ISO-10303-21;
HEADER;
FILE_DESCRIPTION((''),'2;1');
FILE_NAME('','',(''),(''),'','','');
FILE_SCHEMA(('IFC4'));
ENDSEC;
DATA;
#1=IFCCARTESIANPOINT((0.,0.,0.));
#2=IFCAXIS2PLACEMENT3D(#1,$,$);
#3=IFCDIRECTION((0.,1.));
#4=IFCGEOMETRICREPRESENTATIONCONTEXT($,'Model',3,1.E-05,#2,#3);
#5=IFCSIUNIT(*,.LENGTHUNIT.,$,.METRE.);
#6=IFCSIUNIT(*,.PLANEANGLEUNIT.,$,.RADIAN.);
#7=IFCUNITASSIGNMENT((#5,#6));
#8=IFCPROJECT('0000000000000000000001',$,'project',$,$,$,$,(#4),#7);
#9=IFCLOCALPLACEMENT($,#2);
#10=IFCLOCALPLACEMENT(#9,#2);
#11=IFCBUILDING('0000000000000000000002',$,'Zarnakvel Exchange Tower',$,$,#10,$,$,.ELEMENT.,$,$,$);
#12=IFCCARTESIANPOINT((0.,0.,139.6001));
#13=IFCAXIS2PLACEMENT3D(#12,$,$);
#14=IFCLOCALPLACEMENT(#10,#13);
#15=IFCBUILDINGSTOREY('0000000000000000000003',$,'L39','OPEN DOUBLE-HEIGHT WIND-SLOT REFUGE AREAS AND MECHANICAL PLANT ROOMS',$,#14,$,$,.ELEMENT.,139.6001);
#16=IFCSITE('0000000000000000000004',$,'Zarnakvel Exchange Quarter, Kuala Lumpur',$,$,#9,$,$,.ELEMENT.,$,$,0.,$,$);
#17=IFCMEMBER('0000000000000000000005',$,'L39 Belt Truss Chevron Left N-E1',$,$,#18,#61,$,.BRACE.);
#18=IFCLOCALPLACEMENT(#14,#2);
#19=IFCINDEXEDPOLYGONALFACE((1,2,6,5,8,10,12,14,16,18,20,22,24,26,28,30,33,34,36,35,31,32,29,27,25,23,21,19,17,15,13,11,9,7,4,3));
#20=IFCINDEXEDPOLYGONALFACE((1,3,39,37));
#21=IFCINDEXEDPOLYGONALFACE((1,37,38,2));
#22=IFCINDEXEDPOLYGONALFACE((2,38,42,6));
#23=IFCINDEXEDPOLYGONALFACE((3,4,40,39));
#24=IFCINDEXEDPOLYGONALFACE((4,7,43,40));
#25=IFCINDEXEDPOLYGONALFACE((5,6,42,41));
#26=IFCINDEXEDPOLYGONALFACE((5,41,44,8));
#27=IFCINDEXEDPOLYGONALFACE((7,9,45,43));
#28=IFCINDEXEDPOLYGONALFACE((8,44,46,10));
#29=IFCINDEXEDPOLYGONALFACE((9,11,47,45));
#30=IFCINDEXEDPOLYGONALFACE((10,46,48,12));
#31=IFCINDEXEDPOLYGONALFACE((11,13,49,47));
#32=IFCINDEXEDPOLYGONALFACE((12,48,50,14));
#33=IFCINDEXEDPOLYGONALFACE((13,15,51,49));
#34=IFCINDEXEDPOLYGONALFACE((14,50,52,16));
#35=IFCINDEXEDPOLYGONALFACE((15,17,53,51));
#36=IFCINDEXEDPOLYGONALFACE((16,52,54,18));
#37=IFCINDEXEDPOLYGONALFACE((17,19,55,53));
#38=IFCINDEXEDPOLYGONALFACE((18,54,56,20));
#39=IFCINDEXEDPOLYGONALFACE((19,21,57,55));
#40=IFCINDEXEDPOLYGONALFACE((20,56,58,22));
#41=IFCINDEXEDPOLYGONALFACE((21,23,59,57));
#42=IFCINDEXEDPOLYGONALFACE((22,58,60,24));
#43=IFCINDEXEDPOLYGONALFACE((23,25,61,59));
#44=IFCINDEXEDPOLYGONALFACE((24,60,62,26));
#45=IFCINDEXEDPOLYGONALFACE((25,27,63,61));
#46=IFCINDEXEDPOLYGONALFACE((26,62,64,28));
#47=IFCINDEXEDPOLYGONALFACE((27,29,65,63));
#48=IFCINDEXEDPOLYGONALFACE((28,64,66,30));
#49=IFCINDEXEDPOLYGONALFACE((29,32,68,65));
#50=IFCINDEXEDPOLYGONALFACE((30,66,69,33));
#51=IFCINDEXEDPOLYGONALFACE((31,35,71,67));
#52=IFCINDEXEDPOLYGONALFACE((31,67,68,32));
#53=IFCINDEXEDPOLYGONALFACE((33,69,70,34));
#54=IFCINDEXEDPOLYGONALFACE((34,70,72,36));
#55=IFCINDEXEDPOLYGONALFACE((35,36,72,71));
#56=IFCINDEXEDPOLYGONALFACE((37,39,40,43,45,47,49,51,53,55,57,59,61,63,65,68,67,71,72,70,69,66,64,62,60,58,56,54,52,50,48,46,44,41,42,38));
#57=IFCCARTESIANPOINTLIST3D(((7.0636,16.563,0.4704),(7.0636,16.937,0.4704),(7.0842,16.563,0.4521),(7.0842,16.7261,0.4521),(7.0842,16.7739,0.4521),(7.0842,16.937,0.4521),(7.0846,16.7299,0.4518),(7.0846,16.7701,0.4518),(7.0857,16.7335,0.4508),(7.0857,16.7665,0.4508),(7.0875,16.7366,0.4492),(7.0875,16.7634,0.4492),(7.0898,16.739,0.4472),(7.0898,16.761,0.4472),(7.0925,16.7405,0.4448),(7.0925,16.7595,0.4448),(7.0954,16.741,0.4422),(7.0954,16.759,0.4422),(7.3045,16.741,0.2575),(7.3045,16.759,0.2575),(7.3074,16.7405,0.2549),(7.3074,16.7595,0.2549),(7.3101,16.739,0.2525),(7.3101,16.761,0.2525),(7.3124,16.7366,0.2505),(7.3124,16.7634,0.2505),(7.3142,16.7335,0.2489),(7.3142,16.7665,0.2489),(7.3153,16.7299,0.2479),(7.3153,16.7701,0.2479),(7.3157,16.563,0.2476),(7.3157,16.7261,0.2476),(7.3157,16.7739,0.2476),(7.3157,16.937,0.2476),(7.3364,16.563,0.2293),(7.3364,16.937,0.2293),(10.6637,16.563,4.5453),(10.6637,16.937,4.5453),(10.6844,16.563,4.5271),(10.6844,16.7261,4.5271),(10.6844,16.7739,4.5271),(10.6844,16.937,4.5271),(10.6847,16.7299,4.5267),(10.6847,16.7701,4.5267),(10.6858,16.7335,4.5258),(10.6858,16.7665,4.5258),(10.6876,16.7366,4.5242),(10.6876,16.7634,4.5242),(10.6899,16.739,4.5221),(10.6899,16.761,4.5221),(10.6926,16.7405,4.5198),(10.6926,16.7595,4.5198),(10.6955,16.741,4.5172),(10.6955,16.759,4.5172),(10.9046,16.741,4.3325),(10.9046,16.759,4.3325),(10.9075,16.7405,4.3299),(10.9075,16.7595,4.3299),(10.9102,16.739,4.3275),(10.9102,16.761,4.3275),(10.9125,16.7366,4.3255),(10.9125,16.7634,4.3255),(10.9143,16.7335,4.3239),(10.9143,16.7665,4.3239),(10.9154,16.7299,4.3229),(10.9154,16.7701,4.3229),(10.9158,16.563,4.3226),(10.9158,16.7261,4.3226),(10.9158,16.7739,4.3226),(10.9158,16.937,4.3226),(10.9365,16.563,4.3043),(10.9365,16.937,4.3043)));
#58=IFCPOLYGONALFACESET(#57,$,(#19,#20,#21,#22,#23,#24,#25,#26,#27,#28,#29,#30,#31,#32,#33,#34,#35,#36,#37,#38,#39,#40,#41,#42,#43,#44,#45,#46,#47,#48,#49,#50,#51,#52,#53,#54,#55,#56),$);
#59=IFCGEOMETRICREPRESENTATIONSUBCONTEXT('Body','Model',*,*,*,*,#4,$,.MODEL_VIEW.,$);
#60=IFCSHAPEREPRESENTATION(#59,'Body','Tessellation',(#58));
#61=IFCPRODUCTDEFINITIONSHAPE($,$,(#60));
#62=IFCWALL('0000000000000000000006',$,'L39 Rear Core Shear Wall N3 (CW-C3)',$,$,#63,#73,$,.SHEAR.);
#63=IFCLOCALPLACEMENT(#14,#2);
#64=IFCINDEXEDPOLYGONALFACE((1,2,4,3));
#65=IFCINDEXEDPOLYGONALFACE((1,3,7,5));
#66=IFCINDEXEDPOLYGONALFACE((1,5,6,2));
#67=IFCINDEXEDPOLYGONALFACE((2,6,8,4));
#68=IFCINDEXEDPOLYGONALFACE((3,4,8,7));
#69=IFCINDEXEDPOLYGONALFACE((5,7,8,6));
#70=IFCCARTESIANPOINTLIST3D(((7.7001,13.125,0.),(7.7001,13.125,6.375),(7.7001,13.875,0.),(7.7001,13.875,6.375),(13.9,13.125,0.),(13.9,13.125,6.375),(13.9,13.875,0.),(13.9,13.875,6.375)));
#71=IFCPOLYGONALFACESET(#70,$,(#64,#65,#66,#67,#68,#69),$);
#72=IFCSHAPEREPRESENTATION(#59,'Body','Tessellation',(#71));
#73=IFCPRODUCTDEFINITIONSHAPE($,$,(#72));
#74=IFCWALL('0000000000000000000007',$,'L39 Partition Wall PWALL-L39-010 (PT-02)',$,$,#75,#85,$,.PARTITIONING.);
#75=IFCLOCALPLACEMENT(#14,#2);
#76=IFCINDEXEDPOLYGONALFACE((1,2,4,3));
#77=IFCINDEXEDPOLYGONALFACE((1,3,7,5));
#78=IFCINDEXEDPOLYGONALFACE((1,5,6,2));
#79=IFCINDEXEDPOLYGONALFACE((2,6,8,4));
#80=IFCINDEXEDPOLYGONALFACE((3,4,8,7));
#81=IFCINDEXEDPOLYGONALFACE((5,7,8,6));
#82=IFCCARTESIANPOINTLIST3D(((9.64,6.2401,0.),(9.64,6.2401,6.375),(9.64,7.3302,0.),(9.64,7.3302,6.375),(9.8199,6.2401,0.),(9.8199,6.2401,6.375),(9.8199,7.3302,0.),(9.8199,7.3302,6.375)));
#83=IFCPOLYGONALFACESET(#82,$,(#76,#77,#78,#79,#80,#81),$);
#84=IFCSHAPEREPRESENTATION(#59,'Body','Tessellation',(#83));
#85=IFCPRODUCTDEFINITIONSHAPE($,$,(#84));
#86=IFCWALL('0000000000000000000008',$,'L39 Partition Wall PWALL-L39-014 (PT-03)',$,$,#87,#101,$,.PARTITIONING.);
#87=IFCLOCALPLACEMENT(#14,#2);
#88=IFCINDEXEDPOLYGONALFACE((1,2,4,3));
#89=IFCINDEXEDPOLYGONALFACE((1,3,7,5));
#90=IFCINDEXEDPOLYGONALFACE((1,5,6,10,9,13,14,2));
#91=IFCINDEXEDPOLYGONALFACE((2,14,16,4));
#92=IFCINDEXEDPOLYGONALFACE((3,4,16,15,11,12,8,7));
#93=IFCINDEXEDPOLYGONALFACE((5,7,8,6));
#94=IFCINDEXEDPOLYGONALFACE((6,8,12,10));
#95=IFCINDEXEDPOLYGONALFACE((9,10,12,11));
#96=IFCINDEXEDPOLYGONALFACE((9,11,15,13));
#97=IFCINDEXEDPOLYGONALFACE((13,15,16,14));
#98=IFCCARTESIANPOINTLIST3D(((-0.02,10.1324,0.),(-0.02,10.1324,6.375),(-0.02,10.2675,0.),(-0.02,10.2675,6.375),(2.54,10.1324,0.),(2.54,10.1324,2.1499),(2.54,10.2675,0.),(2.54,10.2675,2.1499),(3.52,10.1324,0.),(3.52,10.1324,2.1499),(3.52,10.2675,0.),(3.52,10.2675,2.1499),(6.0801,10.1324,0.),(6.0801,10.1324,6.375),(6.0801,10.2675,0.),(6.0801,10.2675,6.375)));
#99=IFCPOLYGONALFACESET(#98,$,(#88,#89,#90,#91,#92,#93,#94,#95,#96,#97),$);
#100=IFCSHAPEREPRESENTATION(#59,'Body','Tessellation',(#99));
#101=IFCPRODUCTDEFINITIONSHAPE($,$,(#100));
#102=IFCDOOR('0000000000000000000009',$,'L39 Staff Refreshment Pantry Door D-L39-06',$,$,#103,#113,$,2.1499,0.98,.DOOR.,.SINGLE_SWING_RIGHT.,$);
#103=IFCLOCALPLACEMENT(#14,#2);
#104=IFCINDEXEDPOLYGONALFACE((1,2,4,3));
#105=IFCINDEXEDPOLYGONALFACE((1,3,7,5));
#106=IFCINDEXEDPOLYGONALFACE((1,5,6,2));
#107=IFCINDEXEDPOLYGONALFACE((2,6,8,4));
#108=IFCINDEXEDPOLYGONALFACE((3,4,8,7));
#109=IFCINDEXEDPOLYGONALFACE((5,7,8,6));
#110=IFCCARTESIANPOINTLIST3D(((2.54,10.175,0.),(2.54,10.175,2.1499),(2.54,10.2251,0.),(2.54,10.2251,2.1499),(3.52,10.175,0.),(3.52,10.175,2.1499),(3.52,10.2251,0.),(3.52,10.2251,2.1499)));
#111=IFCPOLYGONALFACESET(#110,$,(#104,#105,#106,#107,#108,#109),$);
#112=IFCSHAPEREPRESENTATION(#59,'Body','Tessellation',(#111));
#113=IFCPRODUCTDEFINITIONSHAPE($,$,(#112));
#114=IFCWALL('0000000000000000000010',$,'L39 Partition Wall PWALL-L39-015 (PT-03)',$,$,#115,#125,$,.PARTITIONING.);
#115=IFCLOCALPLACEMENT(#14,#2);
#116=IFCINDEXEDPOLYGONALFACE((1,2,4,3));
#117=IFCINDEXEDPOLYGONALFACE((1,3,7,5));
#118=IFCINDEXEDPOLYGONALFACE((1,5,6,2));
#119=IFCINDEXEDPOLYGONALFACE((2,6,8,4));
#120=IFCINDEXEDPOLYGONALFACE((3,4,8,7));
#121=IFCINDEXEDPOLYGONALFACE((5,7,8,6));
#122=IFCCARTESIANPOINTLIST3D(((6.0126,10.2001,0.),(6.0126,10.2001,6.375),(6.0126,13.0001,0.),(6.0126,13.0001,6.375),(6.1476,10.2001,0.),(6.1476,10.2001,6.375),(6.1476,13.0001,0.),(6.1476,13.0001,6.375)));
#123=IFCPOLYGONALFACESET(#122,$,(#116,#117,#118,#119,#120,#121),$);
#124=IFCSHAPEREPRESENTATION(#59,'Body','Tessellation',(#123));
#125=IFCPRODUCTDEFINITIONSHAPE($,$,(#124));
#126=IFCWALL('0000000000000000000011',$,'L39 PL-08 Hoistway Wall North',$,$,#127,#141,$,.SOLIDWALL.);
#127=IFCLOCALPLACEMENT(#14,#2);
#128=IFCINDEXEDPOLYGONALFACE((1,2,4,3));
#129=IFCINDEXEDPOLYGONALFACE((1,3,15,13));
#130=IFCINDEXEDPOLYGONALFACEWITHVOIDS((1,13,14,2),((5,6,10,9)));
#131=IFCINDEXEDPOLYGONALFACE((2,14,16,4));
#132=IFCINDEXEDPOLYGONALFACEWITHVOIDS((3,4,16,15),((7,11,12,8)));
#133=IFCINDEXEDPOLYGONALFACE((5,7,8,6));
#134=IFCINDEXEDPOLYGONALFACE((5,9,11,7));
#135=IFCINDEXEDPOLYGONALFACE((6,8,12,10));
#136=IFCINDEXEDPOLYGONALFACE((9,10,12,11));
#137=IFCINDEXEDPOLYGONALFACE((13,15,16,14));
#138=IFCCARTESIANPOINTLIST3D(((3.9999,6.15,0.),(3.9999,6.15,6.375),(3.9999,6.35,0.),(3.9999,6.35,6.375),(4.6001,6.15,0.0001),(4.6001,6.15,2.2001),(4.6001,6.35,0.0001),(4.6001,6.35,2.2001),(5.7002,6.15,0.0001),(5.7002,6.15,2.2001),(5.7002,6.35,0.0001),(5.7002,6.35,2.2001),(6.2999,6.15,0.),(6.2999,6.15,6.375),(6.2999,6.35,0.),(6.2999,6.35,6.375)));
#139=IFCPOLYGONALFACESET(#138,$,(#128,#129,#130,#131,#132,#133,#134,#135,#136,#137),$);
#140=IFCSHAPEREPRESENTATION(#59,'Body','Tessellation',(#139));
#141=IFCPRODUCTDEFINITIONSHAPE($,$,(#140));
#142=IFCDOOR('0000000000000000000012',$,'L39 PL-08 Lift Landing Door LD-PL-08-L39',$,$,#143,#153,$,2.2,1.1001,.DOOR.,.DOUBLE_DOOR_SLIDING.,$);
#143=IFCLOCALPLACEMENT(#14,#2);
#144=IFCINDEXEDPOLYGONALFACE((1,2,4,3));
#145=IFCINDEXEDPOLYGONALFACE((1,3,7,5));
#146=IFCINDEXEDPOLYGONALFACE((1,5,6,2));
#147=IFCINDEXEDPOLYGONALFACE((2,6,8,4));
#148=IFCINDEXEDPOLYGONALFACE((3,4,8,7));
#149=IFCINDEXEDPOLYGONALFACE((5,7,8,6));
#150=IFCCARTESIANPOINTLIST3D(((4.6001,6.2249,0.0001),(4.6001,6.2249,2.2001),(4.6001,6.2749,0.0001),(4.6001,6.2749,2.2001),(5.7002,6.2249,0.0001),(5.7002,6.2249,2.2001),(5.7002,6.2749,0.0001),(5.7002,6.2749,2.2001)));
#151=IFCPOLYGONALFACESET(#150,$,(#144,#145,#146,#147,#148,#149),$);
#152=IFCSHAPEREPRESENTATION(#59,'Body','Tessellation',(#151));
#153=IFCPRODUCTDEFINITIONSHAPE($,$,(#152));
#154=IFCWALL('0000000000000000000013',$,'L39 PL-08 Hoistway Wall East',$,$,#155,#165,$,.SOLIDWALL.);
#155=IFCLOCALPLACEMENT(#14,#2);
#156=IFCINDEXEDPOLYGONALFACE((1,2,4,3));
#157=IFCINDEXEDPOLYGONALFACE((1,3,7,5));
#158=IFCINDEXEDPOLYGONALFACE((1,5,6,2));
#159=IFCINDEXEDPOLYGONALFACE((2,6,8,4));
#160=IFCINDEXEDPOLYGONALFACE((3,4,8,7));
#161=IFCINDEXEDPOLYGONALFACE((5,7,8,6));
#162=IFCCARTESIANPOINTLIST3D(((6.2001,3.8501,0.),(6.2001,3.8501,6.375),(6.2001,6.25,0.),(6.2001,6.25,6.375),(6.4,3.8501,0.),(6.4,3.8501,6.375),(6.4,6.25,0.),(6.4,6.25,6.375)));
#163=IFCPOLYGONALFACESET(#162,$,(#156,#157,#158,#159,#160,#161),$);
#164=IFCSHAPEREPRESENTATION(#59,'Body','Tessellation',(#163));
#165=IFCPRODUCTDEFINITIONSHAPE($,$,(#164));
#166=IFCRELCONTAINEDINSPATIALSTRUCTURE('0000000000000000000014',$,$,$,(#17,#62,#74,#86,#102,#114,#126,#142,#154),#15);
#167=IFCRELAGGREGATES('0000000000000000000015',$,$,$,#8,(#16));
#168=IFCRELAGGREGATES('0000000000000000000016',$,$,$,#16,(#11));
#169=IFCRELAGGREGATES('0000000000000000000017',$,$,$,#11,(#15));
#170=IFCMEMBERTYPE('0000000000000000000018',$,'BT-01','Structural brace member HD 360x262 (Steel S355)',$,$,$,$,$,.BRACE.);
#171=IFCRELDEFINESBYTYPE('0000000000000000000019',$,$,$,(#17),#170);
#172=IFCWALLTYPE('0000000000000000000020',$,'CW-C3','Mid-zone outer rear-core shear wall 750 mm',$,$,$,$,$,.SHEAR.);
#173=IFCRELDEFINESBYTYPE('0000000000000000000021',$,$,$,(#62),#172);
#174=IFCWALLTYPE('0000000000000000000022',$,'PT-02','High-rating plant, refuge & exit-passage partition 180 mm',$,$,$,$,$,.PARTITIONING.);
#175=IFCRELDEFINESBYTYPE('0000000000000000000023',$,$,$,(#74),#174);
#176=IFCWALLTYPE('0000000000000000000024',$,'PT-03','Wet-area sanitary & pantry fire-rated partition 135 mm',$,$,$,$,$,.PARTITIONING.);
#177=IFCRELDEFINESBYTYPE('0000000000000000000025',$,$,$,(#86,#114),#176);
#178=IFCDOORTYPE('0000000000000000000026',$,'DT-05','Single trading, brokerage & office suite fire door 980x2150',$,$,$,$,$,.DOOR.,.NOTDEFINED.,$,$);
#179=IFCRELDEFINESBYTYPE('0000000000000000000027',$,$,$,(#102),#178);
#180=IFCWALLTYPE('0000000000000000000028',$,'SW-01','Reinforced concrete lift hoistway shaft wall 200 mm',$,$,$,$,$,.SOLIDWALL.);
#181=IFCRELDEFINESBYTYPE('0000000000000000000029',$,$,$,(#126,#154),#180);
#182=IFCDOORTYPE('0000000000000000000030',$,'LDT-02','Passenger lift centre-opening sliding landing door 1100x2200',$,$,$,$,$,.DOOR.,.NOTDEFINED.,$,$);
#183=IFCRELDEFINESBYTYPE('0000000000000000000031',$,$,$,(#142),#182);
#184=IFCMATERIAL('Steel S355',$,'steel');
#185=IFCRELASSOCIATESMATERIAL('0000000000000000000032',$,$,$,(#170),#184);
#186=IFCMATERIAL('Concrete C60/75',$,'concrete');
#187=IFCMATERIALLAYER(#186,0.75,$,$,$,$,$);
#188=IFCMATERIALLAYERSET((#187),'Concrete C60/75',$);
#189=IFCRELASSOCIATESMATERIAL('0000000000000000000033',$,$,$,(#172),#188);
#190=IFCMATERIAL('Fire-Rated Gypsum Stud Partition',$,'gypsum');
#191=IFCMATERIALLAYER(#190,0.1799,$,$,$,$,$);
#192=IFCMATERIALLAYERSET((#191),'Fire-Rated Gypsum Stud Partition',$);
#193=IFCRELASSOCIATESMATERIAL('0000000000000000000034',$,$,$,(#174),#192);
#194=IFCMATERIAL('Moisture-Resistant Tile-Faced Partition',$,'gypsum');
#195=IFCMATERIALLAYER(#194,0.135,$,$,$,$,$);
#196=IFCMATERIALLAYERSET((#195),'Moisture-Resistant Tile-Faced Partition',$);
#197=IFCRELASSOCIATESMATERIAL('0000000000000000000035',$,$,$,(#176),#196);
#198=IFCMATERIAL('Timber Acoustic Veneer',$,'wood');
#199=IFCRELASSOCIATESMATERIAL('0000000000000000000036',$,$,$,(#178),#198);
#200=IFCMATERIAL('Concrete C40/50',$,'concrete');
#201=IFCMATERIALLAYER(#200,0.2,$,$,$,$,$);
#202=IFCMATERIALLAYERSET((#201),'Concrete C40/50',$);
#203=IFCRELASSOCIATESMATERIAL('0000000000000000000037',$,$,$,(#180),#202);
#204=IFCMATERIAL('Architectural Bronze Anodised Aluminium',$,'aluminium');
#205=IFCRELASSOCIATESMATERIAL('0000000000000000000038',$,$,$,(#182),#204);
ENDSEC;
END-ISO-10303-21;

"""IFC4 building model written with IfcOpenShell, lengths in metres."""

from ifc_helpers import new_model, si_unit, direction, frame, frame_2d, origin, origin_2d, place, context, subcontext, project, spatial, rectangle, i_section, extrude, source, transform, mapped, material, layer, layer_set, material_profile, profile_set, type_object, element, fill, save


model = new_model("IFC4")

# Units and contexts
model_context = context("Model", 3, precision=1e-05, world=origin(), true_north=direction((0.0, 1.0)))
body_context = subcontext(model_context, "Body", "Model", "MODEL_VIEW")
ifc_project = project(units=[si_unit("LENGTHUNIT", "METRE"), si_unit("PLANEANGLEUNIT", "RADIAN")], contexts=[model_context])

# Site, building, storey
site_placement = place(None, origin())
site = spatial("IfcSite", under=ifc_project, at=site_placement, Name="Zarnakvel Exchange Quarter, Kuala Lumpur", CompositionType="ELEMENT", RefElevation=0.0)
building_placement = place(site_placement, origin())
building = spatial("IfcBuilding", under=site, at=building_placement, Name="Zarnakvel Exchange Tower", CompositionType="ELEMENT")
storey_placement = place(building_placement, frame((0.0, 0.0, 139.6001)))
storey = spatial("IfcBuildingStorey", under=building, at=storey_placement, Name="L39", Description="OPEN DOUBLE-HEIGHT WIND-SLOT REFUGE AREAS AND MECHANICAL PLANT ROOMS", CompositionType="ELEMENT", Elevation=139.6001)

# Shared definitions
ifc_material_1 = material(Name="Concrete C60/75", Category="concrete")

# Shared definitions
ifc_material_2 = material(Name="Steel S355", Category="steel")

# Member
ifc_material_profile_1 = material_profile(ifc_material_2, i_section(OverallWidth=0.374, OverallDepth=0.364, WebThickness=0.0181, FlangeThickness=0.0276, FilletRadius=0.0149, at=origin_2d()))
ifc_profile_set_1 = profile_set([ifc_material_profile_1], Name="Steel S355")
member_type_1 = type_object("IfcMemberType", Name="BT-01", Description="Structural brace member HD 360x262 (Steel S355)", PredefinedType="BRACE", material=ifc_profile_set_1)
shared_shape_1 = source(origin(), body_context, "Body", "SweptSolid", [
    extrude(i_section(OverallWidth=0.374, OverallDepth=0.364, WebThickness=0.0181, FlangeThickness=0.0276, FilletRadius=0.0149, at=origin_2d()), origin(), (0.0, 0.0, 1.0), 5.4375),
])
member_1_placement = place(storey_placement, frame((7.2, 16.75, 0.3499), z_axis=(0.662092, 0.0, 0.749422), x_axis=(0.0, 1.0, 0.0)))
element("IfcMember", 1, at=member_1_placement, inside=storey, type_object=member_type_1, Name="L39 Belt Truss Chevron Left N-E1", PredefinedType="BRACE", context=body_context, shape_type="MappedRepresentation", body=[
    mapped(shared_shape_1, transform((0.0, 0.0, 0.0), x_axis=(1.0, 0.0, 0.0), y_axis=(0.0, 1.0, 0.0), z_axis=(0.0, 0.0, 1.0), scale=1.0)),
])

# Walls
ifc_layer_1 = layer(ifc_material_1, 0.75)
ifc_layer_set_1 = layer_set([ifc_layer_1], Name="Concrete C60/75")
wall_type_1 = type_object("IfcWallType", Name="CW-C3", Description="Mid-zone outer rear-core shear wall 750 mm", PredefinedType="SHEAR", material=ifc_layer_set_1)
wall_1_placement = place(storey_placement, frame((7.7, 13.5, 0.0), z_axis=(0.0, 0.0, 1.0), x_axis=(1.0, 0.0, 0.0)))
element("IfcWall", 2, at=wall_1_placement, inside=storey, type_object=wall_type_1, Name="L39 Rear Core Shear Wall N3 (CW-C3)", PredefinedType="SHEAR", context=body_context, shape_type="SweptSolid", body=[
    extrude(rectangle(XDim=6.2, YDim=0.75, at=frame_2d((3.1001, 0.0))), origin(), (0.0, 0.0, 1.0), 6.375),
])
ifc_material_3 = material(Name="Fire-Rated Gypsum Stud Partition", Category="gypsum")
ifc_layer_2 = layer(ifc_material_3, 0.1799)
ifc_layer_set_2 = layer_set([ifc_layer_2], Name="Fire-Rated Gypsum Stud Partition")
wall_type_2 = type_object("IfcWallType", Name="PT-02", Description="High-rating plant, refuge & exit-passage partition 180 mm", PredefinedType="PARTITIONING", material=ifc_layer_set_2)
wall_2_placement = place(storey_placement, frame((9.73, 7.3301, 0.0), z_axis=(0.0, 0.0, 1.0), x_axis=(0.0, -1.0, 0.0)))
element("IfcWall", 3, at=wall_2_placement, inside=storey, type_object=wall_type_2, Name="L39 Partition Wall PWALL-L39-010 (PT-02)", PredefinedType="PARTITIONING", context=body_context, shape_type="SweptSolid", body=[
    extrude(rectangle(XDim=1.0901, YDim=0.1799, at=frame_2d((0.5449, 0.0))), origin(), (0.0, 0.0, 1.0), 6.375),
])

# Wall, opening, door
ifc_material_4 = material(Name="Moisture-Resistant Tile-Faced Partition", Category="gypsum")
ifc_layer_3 = layer(ifc_material_4, 0.135)
ifc_layer_set_3 = layer_set([ifc_layer_3], Name="Moisture-Resistant Tile-Faced Partition")
wall_type_3 = type_object("IfcWallType", Name="PT-03", Description="Wet-area sanitary & pantry fire-rated partition 135 mm", PredefinedType="PARTITIONING", material=ifc_layer_set_3)
wall_3_placement = place(storey_placement, frame((6.0801, 10.2, 0.0), z_axis=(0.0, 0.0, 1.0), x_axis=(-1.0, 0.0, 0.0)))
wall_3 = element("IfcWall", 4, at=wall_3_placement, inside=storey, type_object=wall_type_3, Name="L39 Partition Wall PWALL-L39-014 (PT-03)", PredefinedType="PARTITIONING", context=body_context, shape_type="SweptSolid", body=[
    extrude(rectangle(XDim=6.1001, YDim=0.135, at=frame_2d((3.05, 0.0))), origin(), (0.0, 0.0, 1.0), 6.375),
])
opening_1_placement = place(wall_3_placement, frame((2.5601, 0.0, 0.0)))
opening_1 = element("IfcOpeningElement", 5, at=opening_1_placement, cuts=wall_3, PredefinedType="OPENING", context=body_context, shape_type="SweptSolid", body=[
    extrude(rectangle(XDim=0.98, YDim=2.1499, at=frame_2d((0.49, 1.075))), frame((0.0, 0.0774, 0.0), z_axis=(0.0, -1.0, 0.0), x_axis=(1.0, 0.0, 0.0)), (0.0, 0.0, 1.0), 0.155),
])
ifc_material_5 = material(Name="Timber Acoustic Veneer", Category="wood")
door_type_1 = type_object("IfcDoorType", Name="DT-05", Description="Single trading, brokerage & office suite fire door 980x2150", OperationType="NOTDEFINED", PredefinedType="DOOR", material=ifc_material_5)
shared_shape_2 = source(origin(), body_context, "Body", "SweptSolid", [
    extrude(rectangle(XDim=0.98, YDim=2.1499, at=frame_2d((0.49, 1.075))), frame((0.0, 0.0249, 0.0), z_axis=(0.0, -1.0, 0.0), x_axis=(1.0, 0.0, 0.0)), (0.0, 0.0, 1.0), 0.05),
])
door_1_placement = place(opening_1_placement, origin())
door_1 = element("IfcDoor", 6, at=door_1_placement, inside=storey, type_object=door_type_1, Name="L39 Staff Refreshment Pantry Door D-L39-06", OperationType="SINGLE_SWING_RIGHT", OverallHeight=2.1499, OverallWidth=0.98, PredefinedType="DOOR", context=body_context, shape_type="MappedRepresentation", body=[
    mapped(shared_shape_2, transform((0.0, 0.0, 0.0), x_axis=(1.0, 0.0, 0.0), y_axis=(0.0, 1.0, 0.0), z_axis=(0.0, 0.0, 1.0), scale=1.0)),
])
fill(opening_1, door_1)

# Wall
wall_4_placement = place(storey_placement, frame((6.0801, 13.0, 0.0), z_axis=(0.0, 0.0, 1.0), x_axis=(0.0, -1.0, 0.0)))
element("IfcWall", 7, at=wall_4_placement, inside=storey, type_object=wall_type_3, Name="L39 Partition Wall PWALL-L39-015 (PT-03)", PredefinedType="PARTITIONING", context=body_context, shape_type="SweptSolid", body=[
    extrude(rectangle(XDim=2.8, YDim=0.135, at=frame_2d((1.3999, 0.0))), origin(), (0.0, 0.0, 1.0), 6.375),
])

# Wall, opening, door
ifc_material_6 = material(Name="Concrete C40/50", Category="concrete")
ifc_layer_4 = layer(ifc_material_6, 0.2)
ifc_layer_set_4 = layer_set([ifc_layer_4], Name="Concrete C40/50")
wall_type_4 = type_object("IfcWallType", Name="SW-01", Description="Reinforced concrete lift hoistway shaft wall 200 mm", PredefinedType="SOLIDWALL", material=ifc_layer_set_4)
wall_5_placement = place(storey_placement, frame((4.0, 6.25, 0.0), z_axis=(0.0, 0.0, 1.0), x_axis=(1.0, 0.0, 0.0)))
wall_5 = element("IfcWall", 8, at=wall_5_placement, inside=storey, type_object=wall_type_4, Name="L39 PL-08 Hoistway Wall North", PredefinedType="SOLIDWALL", context=body_context, shape_type="SweptSolid", body=[
    extrude(rectangle(XDim=2.3, YDim=0.2, at=frame_2d((1.1499, 0.0))), origin(), (0.0, 0.0, 1.0), 6.375),
])
opening_2_placement = place(wall_5_placement, frame((0.6001, 0.0, 0.0)))
opening_2 = element("IfcOpeningElement", 9, at=opening_2_placement, cuts=wall_5, PredefinedType="OPENING", context=body_context, shape_type="SweptSolid", body=[
    extrude(rectangle(XDim=1.1001, YDim=2.2, at=frame_2d((0.55, 1.1001))), frame((0.0, 0.1099, 0.0), z_axis=(0.0, -1.0, 0.0), x_axis=(1.0, 0.0, 0.0)), (0.0, 0.0, 1.0), 0.22),
])
ifc_material_7 = material(Name="Architectural Bronze Anodised Aluminium", Category="aluminium")
door_type_2 = type_object("IfcDoorType", Name="LDT-02", Description="Passenger lift centre-opening sliding landing door 1100x2200", OperationType="NOTDEFINED", PredefinedType="DOOR", material=ifc_material_7)
shared_shape_3 = source(origin(), body_context, "Body", "SweptSolid", [
    extrude(rectangle(XDim=1.1001, YDim=2.2, at=frame_2d((0.55, 1.1001))), frame((0.0, 0.0249, 0.0), z_axis=(0.0, -1.0, 0.0), x_axis=(1.0, 0.0, 0.0)), (0.0, 0.0, 1.0), 0.05),
])
door_2_placement = place(opening_2_placement, origin())
door_2 = element("IfcDoor", 10, at=door_2_placement, inside=storey, type_object=door_type_2, Name="L39 PL-08 Lift Landing Door LD-PL-08-L39", OperationType="DOUBLE_DOOR_SLIDING", OverallHeight=2.2, OverallWidth=1.1001, PredefinedType="DOOR", context=body_context, shape_type="MappedRepresentation", body=[
    mapped(shared_shape_3, transform((0.0, 0.0, 0.0), x_axis=(1.0, 0.0, 0.0), y_axis=(0.0, 1.0, 0.0), z_axis=(0.0, 0.0, 1.0), scale=1.0)),
])
fill(opening_2, door_2)

# Wall
wall_6_placement = place(storey_placement, frame((6.3, 6.25, 0.0), z_axis=(0.0, 0.0, 1.0), x_axis=(0.0, -1.0, 0.0)))
element("IfcWall", 11, at=wall_6_placement, inside=storey, type_object=wall_type_4, Name="L39 PL-08 Hoistway Wall East", PredefinedType="SOLIDWALL", context=body_context, shape_type="SweptSolid", body=[
    extrude(rectangle(XDim=2.3999, YDim=0.2, at=frame_2d((1.2, 0.0))), origin(), (0.0, 0.0, 1.0), 6.375),
])

save(model, "model.ifc")
